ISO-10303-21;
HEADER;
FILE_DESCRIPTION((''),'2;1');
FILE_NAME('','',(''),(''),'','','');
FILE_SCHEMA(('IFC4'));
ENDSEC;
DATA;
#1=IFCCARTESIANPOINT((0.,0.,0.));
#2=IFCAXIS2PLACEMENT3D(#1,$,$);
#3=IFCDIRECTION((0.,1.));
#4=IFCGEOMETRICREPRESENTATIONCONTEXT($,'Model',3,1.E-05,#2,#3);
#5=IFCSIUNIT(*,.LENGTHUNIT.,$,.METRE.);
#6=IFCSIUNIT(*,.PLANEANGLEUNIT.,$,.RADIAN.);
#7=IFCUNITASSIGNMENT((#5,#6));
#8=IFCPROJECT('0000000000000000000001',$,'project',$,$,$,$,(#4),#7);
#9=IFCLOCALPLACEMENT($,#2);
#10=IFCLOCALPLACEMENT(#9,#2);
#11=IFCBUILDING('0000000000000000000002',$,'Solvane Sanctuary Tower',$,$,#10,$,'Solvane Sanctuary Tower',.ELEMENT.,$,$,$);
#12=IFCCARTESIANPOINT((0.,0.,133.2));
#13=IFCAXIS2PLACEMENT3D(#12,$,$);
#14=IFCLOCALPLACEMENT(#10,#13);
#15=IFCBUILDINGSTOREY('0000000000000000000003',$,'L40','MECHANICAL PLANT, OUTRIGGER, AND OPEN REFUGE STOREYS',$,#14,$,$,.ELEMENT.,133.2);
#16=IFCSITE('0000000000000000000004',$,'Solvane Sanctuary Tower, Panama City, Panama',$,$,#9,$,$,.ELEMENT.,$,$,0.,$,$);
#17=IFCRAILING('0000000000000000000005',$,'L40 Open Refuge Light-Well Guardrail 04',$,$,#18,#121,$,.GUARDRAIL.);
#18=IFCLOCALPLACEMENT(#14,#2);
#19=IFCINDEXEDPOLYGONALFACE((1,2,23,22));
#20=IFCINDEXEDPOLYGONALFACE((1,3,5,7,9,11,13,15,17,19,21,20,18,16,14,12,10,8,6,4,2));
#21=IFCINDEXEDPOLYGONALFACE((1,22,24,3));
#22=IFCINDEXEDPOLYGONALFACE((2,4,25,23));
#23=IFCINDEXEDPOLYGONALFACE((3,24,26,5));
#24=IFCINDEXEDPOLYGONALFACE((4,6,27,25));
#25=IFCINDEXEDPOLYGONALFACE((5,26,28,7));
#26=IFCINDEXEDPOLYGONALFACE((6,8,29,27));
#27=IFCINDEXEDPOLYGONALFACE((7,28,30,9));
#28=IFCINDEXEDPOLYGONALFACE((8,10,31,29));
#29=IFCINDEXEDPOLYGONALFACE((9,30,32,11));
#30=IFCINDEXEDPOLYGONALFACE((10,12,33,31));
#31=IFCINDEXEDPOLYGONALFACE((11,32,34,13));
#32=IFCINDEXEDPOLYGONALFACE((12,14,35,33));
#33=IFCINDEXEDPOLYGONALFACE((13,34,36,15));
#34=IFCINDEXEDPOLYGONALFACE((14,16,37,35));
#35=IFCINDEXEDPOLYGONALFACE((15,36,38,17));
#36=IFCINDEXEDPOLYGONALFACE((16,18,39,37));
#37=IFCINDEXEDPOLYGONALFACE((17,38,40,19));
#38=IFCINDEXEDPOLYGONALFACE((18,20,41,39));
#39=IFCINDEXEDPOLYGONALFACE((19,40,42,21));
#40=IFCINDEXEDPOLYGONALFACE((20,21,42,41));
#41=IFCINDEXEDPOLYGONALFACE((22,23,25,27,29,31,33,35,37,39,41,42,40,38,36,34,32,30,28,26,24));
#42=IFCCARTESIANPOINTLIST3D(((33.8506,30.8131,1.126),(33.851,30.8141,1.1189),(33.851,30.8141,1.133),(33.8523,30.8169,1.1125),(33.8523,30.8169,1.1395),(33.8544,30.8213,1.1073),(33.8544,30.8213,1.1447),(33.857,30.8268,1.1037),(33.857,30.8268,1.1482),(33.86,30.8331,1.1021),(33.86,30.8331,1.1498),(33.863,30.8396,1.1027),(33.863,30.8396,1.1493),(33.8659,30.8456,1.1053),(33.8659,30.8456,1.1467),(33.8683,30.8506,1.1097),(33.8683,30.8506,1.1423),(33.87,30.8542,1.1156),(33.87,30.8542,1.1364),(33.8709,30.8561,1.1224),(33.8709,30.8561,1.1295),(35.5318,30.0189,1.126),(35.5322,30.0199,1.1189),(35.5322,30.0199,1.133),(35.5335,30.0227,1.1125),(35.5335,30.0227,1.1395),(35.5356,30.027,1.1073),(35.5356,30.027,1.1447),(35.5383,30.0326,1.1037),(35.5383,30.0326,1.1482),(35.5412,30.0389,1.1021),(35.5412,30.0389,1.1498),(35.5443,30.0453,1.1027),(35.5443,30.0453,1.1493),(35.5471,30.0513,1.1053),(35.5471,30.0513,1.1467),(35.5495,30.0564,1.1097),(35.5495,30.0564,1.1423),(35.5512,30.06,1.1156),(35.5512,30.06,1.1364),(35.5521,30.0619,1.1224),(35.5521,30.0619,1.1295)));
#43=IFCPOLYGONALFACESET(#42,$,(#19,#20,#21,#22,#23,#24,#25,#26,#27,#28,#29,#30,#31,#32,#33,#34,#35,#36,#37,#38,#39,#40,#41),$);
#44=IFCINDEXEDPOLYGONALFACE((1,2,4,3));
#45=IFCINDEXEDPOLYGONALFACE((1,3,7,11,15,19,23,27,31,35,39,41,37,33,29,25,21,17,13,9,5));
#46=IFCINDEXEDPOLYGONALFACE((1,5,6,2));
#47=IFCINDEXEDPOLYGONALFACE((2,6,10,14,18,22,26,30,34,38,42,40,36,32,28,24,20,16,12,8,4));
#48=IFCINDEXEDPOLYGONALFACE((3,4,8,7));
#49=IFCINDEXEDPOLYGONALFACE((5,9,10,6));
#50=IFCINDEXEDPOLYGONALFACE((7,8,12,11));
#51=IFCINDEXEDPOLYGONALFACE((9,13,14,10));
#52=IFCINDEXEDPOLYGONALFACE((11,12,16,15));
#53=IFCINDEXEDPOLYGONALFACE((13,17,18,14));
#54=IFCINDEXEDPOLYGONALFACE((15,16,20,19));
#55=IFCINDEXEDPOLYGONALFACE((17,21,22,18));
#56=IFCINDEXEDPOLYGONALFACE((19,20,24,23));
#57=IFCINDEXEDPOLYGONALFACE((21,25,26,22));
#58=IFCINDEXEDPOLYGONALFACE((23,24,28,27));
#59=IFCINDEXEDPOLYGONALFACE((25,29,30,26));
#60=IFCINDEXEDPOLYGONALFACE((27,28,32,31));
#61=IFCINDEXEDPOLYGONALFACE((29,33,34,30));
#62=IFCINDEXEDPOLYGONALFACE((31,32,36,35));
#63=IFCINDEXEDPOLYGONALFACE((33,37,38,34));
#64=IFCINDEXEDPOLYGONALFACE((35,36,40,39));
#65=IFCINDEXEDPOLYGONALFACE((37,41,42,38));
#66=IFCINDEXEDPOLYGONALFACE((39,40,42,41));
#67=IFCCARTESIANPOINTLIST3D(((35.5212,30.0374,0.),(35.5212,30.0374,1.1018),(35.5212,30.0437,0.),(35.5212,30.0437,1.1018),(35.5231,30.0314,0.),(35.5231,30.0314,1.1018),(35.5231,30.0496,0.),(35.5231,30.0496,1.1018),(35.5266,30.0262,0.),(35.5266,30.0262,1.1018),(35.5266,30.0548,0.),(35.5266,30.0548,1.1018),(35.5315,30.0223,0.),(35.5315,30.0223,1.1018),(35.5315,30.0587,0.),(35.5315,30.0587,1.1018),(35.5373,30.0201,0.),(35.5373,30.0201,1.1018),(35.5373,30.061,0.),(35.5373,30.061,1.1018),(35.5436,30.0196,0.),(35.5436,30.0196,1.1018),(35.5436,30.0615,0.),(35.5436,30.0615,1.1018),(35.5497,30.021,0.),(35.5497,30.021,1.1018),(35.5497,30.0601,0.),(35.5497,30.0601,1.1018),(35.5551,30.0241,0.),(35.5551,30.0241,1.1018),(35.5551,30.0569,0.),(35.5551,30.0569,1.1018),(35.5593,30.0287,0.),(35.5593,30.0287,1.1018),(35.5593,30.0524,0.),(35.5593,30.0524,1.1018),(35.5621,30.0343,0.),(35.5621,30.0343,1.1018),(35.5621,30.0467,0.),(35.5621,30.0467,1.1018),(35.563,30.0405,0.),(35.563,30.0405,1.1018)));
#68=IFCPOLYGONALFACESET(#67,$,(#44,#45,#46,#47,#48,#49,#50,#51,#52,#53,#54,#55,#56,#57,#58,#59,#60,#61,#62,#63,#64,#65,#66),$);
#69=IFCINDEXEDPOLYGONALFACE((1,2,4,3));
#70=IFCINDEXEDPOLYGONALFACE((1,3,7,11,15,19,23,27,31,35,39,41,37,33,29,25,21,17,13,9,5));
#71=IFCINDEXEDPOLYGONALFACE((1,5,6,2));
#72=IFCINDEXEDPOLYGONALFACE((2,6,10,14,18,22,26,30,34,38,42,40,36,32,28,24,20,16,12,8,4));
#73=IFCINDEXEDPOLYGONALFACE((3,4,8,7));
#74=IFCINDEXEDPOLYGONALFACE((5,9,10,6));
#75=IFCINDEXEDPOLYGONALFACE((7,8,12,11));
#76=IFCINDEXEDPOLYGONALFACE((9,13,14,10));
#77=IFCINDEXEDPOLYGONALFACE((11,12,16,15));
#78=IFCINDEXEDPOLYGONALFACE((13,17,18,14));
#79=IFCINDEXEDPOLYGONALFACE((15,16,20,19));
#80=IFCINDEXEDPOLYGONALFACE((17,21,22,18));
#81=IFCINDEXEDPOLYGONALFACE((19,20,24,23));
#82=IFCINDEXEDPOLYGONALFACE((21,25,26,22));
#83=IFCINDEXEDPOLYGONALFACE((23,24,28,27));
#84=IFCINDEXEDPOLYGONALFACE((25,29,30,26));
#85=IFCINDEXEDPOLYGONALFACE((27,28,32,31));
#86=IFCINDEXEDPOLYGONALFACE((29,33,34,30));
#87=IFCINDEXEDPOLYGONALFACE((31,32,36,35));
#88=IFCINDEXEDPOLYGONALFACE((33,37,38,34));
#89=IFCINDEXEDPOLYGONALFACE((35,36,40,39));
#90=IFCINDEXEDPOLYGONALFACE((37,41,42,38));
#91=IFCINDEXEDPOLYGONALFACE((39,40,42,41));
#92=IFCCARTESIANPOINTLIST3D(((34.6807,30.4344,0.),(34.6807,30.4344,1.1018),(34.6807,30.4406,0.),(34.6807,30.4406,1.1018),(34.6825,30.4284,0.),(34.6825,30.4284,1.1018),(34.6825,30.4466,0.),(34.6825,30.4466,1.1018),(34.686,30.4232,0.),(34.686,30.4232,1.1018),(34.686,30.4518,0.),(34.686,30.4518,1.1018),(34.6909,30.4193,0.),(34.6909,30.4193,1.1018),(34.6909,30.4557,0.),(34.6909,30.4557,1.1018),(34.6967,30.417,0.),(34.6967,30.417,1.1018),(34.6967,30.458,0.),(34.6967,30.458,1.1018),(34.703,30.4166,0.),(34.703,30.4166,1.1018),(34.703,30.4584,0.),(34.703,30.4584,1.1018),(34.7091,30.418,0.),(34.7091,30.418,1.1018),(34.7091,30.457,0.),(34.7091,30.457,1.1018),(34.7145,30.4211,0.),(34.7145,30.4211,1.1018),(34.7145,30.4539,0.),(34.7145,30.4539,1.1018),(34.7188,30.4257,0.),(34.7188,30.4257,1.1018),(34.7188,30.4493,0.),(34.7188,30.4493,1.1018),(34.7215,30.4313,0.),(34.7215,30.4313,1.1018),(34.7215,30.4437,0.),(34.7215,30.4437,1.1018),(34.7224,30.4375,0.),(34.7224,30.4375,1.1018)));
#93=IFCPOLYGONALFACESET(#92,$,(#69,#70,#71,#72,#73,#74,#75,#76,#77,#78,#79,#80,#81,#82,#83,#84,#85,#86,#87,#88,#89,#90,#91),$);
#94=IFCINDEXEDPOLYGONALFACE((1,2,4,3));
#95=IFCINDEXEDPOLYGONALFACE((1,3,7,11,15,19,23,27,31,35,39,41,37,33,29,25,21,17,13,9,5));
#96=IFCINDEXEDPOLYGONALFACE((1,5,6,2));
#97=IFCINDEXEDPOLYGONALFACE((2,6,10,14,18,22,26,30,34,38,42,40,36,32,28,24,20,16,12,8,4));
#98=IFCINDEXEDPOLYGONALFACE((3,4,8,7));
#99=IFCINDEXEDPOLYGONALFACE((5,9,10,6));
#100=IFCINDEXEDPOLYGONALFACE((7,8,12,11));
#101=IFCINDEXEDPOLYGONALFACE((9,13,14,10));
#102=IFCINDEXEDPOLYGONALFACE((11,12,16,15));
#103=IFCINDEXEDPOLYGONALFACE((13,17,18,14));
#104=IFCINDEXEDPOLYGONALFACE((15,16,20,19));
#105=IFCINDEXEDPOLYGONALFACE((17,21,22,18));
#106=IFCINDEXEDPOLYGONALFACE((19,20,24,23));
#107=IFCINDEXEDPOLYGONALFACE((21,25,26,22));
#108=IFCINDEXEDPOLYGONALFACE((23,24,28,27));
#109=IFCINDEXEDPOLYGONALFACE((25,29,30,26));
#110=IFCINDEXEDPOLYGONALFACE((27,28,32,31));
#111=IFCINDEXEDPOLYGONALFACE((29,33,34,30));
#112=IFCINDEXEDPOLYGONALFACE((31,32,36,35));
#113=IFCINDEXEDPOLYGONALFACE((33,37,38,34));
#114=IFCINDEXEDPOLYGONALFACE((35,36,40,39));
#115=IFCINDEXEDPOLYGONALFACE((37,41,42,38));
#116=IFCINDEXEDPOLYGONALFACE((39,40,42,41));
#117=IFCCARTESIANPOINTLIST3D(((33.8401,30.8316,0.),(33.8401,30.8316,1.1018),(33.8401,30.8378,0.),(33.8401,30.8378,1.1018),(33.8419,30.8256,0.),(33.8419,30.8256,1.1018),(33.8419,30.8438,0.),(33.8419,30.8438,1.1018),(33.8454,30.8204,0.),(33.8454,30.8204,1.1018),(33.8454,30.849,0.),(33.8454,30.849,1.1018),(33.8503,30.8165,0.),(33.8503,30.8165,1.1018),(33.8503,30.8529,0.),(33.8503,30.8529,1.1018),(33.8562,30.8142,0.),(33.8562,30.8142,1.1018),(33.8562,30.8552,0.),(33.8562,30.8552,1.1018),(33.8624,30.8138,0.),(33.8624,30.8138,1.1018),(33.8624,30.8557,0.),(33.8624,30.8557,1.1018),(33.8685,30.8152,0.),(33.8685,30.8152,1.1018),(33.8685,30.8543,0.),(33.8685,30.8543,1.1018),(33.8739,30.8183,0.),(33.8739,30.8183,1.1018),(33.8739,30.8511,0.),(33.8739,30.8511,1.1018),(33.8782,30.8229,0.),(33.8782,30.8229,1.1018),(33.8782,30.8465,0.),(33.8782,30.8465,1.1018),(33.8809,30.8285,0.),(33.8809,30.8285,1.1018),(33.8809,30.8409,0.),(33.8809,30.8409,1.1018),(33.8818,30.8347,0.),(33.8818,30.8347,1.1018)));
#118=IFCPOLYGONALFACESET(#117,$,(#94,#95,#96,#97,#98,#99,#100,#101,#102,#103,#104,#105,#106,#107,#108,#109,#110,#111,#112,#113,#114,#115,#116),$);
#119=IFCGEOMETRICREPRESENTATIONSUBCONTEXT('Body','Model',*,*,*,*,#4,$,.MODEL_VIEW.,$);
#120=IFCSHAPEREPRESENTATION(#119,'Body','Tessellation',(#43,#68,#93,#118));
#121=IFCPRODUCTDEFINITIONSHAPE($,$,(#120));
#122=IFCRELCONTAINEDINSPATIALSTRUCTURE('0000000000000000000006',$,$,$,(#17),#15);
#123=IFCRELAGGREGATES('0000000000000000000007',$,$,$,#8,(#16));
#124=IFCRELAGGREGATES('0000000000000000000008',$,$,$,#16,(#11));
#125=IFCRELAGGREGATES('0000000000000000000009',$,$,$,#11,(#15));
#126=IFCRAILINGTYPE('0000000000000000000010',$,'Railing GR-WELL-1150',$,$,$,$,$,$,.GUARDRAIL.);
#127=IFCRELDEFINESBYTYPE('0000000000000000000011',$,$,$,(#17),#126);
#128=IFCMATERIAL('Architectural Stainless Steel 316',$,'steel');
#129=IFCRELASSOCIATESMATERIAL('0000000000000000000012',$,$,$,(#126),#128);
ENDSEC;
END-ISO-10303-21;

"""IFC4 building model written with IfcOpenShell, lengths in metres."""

from ifc_helpers import new_model, si_unit, direction, frame, origin, origin_2d, place, context, subcontext, project, spatial, circle, extrude, material, type_object, element, save


model = new_model("IFC4")

# Units and contexts
model_context = context("Model", 3, precision=1e-05, world=origin(), true_north=direction((0.0, 1.0)))
body_context = subcontext(model_context, "Body", "Model", "MODEL_VIEW")
ifc_project = project(units=[si_unit("LENGTHUNIT", "METRE"), si_unit("PLANEANGLEUNIT", "RADIAN")], contexts=[model_context])

# Site, building, storey
site_placement = place(None, origin())
site = spatial("IfcSite", under=ifc_project, at=site_placement, Name="Solvane Sanctuary Tower, Panama City, Panama", CompositionType="ELEMENT", RefElevation=0.0)
building_placement = place(site_placement, origin())
building = spatial("IfcBuilding", under=site, at=building_placement, Name="Solvane Sanctuary Tower", LongName="Solvane Sanctuary Tower", CompositionType="ELEMENT")
storey_placement = place(building_placement, frame((0.0, 0.0, 133.2)))
storey = spatial("IfcBuildingStorey", under=building, at=storey_placement, Name="L40", Description="MECHANICAL PLANT, OUTRIGGER, AND OPEN REFUGE STOREYS", CompositionType="ELEMENT", Elevation=133.2)

# Shared definitions
ifc_material_1 = material(Name="Architectural Stainless Steel 316", Category="steel")

# Railing
railing_type_1 = type_object("IfcRailingType", Name="Railing GR-WELL-1150", PredefinedType="GUARDRAIL", material=ifc_material_1)
railing_1_placement = place(storey_placement, frame((35.542, 30.0405, 0.0)))
element("IfcRailing", 1, at=railing_1_placement, inside=storey, type_object=railing_type_1, Name="L40 Open Refuge Light-Well Guardrail 04", PredefinedType="GUARDRAIL", context=body_context, shape_type="SweptSolid", body=[
    extrude(circle(Radius=0.0239, at=origin_2d()), frame((0.0, 0.0, 1.126), z_axis=(-0.904184, 0.427143, 0.0), x_axis=(-0.427143, -0.904184, 0.0)), (0.0, 0.0, 1.0), 1.8594),
    extrude(circle(Radius=0.021, at=origin_2d()), origin(), (0.0, 0.0, 1.0), 1.1018),
    extrude(circle(Radius=0.021, at=origin_2d()), frame((-0.8406, 0.397, 0.0)), (0.0, 0.0, 1.0), 1.1018),
    extrude(circle(Radius=0.021, at=origin_2d()), frame((-1.6812, 0.7942, 0.0)), (0.0, 0.0, 1.0), 1.1018),
])

save(model, "model.ifc")
